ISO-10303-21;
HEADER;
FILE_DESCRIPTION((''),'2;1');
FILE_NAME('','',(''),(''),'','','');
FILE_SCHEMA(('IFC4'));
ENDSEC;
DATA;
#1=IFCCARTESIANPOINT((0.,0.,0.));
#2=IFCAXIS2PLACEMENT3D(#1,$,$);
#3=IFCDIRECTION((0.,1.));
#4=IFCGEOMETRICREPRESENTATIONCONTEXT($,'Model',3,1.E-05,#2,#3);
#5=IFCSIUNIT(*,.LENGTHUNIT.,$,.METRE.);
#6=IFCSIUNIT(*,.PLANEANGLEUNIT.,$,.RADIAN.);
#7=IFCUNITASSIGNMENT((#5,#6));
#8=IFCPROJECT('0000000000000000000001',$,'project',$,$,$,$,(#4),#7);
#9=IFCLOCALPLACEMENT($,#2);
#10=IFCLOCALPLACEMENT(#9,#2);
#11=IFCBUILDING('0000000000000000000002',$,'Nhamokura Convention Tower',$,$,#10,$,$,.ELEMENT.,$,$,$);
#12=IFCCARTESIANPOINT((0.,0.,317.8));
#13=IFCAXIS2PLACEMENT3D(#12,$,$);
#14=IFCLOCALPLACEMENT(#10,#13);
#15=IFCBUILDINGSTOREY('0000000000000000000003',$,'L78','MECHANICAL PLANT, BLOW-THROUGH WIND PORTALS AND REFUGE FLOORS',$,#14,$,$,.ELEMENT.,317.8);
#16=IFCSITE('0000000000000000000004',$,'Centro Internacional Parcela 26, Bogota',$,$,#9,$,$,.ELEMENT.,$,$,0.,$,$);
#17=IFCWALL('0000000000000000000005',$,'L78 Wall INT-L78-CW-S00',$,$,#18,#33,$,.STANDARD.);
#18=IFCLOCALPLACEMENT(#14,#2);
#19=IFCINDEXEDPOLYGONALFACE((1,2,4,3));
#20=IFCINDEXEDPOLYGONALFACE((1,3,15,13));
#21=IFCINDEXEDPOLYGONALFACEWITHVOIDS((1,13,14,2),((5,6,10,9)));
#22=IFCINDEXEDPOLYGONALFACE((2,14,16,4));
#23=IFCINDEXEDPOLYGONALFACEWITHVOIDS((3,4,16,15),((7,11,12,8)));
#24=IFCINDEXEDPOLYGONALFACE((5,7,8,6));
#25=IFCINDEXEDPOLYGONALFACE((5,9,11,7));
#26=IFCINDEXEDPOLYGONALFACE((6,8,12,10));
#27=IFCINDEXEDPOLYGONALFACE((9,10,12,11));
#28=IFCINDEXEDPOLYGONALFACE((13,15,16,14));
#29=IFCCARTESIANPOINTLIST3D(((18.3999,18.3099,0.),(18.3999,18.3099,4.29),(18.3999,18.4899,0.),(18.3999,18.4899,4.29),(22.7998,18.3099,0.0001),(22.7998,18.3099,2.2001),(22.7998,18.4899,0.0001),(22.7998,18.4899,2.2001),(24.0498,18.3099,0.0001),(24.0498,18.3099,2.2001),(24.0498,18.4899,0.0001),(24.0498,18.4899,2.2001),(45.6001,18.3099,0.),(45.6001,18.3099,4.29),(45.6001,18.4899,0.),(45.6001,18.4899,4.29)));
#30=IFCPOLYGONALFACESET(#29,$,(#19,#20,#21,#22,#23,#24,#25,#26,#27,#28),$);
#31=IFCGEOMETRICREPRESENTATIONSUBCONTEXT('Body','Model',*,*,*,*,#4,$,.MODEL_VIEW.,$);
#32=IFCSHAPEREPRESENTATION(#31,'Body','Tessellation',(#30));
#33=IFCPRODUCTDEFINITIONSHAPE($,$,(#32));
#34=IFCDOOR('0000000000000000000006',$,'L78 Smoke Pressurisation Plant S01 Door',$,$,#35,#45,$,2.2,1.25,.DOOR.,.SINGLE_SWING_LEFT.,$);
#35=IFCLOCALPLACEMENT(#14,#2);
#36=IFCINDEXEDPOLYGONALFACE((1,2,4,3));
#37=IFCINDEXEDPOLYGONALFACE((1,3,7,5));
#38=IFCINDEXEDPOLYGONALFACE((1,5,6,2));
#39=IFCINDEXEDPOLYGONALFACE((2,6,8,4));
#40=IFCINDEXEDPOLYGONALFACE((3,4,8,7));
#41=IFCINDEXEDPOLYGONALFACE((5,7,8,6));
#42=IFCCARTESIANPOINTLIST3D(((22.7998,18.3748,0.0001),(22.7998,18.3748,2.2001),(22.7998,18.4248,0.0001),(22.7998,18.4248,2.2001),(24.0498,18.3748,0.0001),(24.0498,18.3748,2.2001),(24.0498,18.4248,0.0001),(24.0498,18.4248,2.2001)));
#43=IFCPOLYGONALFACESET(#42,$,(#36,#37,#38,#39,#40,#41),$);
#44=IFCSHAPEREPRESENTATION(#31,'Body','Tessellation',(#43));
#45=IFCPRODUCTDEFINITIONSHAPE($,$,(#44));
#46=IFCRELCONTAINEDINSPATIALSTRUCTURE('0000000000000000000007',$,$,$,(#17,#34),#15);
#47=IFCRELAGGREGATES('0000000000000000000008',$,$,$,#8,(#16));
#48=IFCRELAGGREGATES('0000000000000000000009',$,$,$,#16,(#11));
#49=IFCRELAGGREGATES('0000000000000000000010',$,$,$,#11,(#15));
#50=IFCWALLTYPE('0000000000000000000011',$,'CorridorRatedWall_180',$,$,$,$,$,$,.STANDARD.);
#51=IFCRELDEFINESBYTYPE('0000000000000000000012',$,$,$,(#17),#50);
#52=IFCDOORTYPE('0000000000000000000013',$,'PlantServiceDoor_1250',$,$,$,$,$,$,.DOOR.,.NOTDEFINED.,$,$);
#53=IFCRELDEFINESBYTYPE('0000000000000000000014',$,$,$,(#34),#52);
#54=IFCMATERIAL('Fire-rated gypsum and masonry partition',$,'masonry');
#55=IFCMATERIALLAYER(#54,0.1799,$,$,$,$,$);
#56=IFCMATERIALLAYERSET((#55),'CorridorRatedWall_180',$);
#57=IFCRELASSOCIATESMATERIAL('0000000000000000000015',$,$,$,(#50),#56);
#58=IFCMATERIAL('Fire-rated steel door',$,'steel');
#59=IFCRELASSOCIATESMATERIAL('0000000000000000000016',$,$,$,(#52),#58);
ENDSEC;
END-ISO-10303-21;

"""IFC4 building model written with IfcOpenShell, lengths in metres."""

from ifc_helpers import new_model, si_unit, direction, frame, frame_2d, origin, place, context, subcontext, project, spatial, rectangle, extrude, material, layer, layer_set, type_object, element, fill, save


model = new_model("IFC4")

# Units and contexts
model_context = context("Model", 3, precision=1e-05, world=origin(), true_north=direction((0.0, 1.0)))
body_context = subcontext(model_context, "Body", "Model", "MODEL_VIEW")
ifc_project = project(units=[si_unit("LENGTHUNIT", "METRE"), si_unit("PLANEANGLEUNIT", "RADIAN")], contexts=[model_context])

# Site, building, storey
site_placement = place(None, origin())
site = spatial("IfcSite", under=ifc_project, at=site_placement, Name="Centro Internacional Parcela 26, Bogota", CompositionType="ELEMENT", RefElevation=0.0)
building_placement = place(site_placement, origin())
building = spatial("IfcBuilding", under=site, at=building_placement, Name="Nhamokura Convention Tower", CompositionType="ELEMENT")
storey_placement = place(building_placement, frame((0.0, 0.0, 317.8)))
storey = spatial("IfcBuildingStorey", under=building, at=storey_placement, Name="L78", Description="MECHANICAL PLANT, BLOW-THROUGH WIND PORTALS AND REFUGE FLOORS", CompositionType="ELEMENT", Elevation=317.8)

# Wall, opening, door
ifc_material_1 = material(Name="Fire-rated gypsum and masonry partition", Category="masonry")
ifc_layer_1 = layer(ifc_material_1, 0.1799)
ifc_layer_set_1 = layer_set([ifc_layer_1], Name="CorridorRatedWall_180")
wall_type_1 = type_object("IfcWallType", Name="CorridorRatedWall_180", PredefinedType="STANDARD", material=ifc_layer_set_1)
wall_1_placement = place(storey_placement, frame((18.3999, 18.3999, 0.0), z_axis=(0.0, 0.0, 1.0), x_axis=(1.0, 0.0, 0.0)))
wall_1 = element("IfcWall", 1, at=wall_1_placement, inside=storey, type_object=wall_type_1, Name="L78 Wall INT-L78-CW-S00", PredefinedType="STANDARD", context=body_context, shape_type="SweptSolid", body=[
    extrude(rectangle(XDim=27.2002, YDim=0.1799, at=frame_2d((13.6001, 0.0))), origin(), (0.0, 0.0, 1.0), 4.29),
])
opening_placement = place(wall_1_placement, frame((4.3999, 0.0, 0.0)))
opening = element("IfcOpeningElement", 2, at=opening_placement, cuts=wall_1, PredefinedType="OPENING", context=body_context, shape_type="SweptSolid", body=[
    extrude(rectangle(XDim=1.25, YDim=2.2, at=frame_2d((0.625, 1.1001))), frame((0.0, 0.0999, 0.0), z_axis=(0.0, -1.0, 0.0), x_axis=(1.0, 0.0, 0.0)), (0.0, 0.0, 1.0), 0.2),
])
ifc_material_2 = material(Name="Fire-rated steel door", Category="steel")
door_type = type_object("IfcDoorType", Name="PlantServiceDoor_1250", OperationType="NOTDEFINED", PredefinedType="DOOR", material=ifc_material_2)
door_placement = place(opening_placement, origin())
door = element("IfcDoor", 3, at=door_placement, inside=storey, type_object=door_type, Name="L78 Smoke Pressurisation Plant S01 Door", OperationType="SINGLE_SWING_LEFT", OverallHeight=2.2, OverallWidth=1.25, PredefinedType="DOOR", context=body_context, shape_type="SweptSolid", body=[
    extrude(rectangle(XDim=1.25, YDim=2.2, at=frame_2d((0.625, 1.1001))), frame((0.0, 0.0249, 0.0), z_axis=(0.0, -1.0, 0.0), x_axis=(1.0, 0.0, 0.0)), (0.0, 0.0, 1.0), 0.05),
])
fill(opening, door)

save(model, "model.ifc")
